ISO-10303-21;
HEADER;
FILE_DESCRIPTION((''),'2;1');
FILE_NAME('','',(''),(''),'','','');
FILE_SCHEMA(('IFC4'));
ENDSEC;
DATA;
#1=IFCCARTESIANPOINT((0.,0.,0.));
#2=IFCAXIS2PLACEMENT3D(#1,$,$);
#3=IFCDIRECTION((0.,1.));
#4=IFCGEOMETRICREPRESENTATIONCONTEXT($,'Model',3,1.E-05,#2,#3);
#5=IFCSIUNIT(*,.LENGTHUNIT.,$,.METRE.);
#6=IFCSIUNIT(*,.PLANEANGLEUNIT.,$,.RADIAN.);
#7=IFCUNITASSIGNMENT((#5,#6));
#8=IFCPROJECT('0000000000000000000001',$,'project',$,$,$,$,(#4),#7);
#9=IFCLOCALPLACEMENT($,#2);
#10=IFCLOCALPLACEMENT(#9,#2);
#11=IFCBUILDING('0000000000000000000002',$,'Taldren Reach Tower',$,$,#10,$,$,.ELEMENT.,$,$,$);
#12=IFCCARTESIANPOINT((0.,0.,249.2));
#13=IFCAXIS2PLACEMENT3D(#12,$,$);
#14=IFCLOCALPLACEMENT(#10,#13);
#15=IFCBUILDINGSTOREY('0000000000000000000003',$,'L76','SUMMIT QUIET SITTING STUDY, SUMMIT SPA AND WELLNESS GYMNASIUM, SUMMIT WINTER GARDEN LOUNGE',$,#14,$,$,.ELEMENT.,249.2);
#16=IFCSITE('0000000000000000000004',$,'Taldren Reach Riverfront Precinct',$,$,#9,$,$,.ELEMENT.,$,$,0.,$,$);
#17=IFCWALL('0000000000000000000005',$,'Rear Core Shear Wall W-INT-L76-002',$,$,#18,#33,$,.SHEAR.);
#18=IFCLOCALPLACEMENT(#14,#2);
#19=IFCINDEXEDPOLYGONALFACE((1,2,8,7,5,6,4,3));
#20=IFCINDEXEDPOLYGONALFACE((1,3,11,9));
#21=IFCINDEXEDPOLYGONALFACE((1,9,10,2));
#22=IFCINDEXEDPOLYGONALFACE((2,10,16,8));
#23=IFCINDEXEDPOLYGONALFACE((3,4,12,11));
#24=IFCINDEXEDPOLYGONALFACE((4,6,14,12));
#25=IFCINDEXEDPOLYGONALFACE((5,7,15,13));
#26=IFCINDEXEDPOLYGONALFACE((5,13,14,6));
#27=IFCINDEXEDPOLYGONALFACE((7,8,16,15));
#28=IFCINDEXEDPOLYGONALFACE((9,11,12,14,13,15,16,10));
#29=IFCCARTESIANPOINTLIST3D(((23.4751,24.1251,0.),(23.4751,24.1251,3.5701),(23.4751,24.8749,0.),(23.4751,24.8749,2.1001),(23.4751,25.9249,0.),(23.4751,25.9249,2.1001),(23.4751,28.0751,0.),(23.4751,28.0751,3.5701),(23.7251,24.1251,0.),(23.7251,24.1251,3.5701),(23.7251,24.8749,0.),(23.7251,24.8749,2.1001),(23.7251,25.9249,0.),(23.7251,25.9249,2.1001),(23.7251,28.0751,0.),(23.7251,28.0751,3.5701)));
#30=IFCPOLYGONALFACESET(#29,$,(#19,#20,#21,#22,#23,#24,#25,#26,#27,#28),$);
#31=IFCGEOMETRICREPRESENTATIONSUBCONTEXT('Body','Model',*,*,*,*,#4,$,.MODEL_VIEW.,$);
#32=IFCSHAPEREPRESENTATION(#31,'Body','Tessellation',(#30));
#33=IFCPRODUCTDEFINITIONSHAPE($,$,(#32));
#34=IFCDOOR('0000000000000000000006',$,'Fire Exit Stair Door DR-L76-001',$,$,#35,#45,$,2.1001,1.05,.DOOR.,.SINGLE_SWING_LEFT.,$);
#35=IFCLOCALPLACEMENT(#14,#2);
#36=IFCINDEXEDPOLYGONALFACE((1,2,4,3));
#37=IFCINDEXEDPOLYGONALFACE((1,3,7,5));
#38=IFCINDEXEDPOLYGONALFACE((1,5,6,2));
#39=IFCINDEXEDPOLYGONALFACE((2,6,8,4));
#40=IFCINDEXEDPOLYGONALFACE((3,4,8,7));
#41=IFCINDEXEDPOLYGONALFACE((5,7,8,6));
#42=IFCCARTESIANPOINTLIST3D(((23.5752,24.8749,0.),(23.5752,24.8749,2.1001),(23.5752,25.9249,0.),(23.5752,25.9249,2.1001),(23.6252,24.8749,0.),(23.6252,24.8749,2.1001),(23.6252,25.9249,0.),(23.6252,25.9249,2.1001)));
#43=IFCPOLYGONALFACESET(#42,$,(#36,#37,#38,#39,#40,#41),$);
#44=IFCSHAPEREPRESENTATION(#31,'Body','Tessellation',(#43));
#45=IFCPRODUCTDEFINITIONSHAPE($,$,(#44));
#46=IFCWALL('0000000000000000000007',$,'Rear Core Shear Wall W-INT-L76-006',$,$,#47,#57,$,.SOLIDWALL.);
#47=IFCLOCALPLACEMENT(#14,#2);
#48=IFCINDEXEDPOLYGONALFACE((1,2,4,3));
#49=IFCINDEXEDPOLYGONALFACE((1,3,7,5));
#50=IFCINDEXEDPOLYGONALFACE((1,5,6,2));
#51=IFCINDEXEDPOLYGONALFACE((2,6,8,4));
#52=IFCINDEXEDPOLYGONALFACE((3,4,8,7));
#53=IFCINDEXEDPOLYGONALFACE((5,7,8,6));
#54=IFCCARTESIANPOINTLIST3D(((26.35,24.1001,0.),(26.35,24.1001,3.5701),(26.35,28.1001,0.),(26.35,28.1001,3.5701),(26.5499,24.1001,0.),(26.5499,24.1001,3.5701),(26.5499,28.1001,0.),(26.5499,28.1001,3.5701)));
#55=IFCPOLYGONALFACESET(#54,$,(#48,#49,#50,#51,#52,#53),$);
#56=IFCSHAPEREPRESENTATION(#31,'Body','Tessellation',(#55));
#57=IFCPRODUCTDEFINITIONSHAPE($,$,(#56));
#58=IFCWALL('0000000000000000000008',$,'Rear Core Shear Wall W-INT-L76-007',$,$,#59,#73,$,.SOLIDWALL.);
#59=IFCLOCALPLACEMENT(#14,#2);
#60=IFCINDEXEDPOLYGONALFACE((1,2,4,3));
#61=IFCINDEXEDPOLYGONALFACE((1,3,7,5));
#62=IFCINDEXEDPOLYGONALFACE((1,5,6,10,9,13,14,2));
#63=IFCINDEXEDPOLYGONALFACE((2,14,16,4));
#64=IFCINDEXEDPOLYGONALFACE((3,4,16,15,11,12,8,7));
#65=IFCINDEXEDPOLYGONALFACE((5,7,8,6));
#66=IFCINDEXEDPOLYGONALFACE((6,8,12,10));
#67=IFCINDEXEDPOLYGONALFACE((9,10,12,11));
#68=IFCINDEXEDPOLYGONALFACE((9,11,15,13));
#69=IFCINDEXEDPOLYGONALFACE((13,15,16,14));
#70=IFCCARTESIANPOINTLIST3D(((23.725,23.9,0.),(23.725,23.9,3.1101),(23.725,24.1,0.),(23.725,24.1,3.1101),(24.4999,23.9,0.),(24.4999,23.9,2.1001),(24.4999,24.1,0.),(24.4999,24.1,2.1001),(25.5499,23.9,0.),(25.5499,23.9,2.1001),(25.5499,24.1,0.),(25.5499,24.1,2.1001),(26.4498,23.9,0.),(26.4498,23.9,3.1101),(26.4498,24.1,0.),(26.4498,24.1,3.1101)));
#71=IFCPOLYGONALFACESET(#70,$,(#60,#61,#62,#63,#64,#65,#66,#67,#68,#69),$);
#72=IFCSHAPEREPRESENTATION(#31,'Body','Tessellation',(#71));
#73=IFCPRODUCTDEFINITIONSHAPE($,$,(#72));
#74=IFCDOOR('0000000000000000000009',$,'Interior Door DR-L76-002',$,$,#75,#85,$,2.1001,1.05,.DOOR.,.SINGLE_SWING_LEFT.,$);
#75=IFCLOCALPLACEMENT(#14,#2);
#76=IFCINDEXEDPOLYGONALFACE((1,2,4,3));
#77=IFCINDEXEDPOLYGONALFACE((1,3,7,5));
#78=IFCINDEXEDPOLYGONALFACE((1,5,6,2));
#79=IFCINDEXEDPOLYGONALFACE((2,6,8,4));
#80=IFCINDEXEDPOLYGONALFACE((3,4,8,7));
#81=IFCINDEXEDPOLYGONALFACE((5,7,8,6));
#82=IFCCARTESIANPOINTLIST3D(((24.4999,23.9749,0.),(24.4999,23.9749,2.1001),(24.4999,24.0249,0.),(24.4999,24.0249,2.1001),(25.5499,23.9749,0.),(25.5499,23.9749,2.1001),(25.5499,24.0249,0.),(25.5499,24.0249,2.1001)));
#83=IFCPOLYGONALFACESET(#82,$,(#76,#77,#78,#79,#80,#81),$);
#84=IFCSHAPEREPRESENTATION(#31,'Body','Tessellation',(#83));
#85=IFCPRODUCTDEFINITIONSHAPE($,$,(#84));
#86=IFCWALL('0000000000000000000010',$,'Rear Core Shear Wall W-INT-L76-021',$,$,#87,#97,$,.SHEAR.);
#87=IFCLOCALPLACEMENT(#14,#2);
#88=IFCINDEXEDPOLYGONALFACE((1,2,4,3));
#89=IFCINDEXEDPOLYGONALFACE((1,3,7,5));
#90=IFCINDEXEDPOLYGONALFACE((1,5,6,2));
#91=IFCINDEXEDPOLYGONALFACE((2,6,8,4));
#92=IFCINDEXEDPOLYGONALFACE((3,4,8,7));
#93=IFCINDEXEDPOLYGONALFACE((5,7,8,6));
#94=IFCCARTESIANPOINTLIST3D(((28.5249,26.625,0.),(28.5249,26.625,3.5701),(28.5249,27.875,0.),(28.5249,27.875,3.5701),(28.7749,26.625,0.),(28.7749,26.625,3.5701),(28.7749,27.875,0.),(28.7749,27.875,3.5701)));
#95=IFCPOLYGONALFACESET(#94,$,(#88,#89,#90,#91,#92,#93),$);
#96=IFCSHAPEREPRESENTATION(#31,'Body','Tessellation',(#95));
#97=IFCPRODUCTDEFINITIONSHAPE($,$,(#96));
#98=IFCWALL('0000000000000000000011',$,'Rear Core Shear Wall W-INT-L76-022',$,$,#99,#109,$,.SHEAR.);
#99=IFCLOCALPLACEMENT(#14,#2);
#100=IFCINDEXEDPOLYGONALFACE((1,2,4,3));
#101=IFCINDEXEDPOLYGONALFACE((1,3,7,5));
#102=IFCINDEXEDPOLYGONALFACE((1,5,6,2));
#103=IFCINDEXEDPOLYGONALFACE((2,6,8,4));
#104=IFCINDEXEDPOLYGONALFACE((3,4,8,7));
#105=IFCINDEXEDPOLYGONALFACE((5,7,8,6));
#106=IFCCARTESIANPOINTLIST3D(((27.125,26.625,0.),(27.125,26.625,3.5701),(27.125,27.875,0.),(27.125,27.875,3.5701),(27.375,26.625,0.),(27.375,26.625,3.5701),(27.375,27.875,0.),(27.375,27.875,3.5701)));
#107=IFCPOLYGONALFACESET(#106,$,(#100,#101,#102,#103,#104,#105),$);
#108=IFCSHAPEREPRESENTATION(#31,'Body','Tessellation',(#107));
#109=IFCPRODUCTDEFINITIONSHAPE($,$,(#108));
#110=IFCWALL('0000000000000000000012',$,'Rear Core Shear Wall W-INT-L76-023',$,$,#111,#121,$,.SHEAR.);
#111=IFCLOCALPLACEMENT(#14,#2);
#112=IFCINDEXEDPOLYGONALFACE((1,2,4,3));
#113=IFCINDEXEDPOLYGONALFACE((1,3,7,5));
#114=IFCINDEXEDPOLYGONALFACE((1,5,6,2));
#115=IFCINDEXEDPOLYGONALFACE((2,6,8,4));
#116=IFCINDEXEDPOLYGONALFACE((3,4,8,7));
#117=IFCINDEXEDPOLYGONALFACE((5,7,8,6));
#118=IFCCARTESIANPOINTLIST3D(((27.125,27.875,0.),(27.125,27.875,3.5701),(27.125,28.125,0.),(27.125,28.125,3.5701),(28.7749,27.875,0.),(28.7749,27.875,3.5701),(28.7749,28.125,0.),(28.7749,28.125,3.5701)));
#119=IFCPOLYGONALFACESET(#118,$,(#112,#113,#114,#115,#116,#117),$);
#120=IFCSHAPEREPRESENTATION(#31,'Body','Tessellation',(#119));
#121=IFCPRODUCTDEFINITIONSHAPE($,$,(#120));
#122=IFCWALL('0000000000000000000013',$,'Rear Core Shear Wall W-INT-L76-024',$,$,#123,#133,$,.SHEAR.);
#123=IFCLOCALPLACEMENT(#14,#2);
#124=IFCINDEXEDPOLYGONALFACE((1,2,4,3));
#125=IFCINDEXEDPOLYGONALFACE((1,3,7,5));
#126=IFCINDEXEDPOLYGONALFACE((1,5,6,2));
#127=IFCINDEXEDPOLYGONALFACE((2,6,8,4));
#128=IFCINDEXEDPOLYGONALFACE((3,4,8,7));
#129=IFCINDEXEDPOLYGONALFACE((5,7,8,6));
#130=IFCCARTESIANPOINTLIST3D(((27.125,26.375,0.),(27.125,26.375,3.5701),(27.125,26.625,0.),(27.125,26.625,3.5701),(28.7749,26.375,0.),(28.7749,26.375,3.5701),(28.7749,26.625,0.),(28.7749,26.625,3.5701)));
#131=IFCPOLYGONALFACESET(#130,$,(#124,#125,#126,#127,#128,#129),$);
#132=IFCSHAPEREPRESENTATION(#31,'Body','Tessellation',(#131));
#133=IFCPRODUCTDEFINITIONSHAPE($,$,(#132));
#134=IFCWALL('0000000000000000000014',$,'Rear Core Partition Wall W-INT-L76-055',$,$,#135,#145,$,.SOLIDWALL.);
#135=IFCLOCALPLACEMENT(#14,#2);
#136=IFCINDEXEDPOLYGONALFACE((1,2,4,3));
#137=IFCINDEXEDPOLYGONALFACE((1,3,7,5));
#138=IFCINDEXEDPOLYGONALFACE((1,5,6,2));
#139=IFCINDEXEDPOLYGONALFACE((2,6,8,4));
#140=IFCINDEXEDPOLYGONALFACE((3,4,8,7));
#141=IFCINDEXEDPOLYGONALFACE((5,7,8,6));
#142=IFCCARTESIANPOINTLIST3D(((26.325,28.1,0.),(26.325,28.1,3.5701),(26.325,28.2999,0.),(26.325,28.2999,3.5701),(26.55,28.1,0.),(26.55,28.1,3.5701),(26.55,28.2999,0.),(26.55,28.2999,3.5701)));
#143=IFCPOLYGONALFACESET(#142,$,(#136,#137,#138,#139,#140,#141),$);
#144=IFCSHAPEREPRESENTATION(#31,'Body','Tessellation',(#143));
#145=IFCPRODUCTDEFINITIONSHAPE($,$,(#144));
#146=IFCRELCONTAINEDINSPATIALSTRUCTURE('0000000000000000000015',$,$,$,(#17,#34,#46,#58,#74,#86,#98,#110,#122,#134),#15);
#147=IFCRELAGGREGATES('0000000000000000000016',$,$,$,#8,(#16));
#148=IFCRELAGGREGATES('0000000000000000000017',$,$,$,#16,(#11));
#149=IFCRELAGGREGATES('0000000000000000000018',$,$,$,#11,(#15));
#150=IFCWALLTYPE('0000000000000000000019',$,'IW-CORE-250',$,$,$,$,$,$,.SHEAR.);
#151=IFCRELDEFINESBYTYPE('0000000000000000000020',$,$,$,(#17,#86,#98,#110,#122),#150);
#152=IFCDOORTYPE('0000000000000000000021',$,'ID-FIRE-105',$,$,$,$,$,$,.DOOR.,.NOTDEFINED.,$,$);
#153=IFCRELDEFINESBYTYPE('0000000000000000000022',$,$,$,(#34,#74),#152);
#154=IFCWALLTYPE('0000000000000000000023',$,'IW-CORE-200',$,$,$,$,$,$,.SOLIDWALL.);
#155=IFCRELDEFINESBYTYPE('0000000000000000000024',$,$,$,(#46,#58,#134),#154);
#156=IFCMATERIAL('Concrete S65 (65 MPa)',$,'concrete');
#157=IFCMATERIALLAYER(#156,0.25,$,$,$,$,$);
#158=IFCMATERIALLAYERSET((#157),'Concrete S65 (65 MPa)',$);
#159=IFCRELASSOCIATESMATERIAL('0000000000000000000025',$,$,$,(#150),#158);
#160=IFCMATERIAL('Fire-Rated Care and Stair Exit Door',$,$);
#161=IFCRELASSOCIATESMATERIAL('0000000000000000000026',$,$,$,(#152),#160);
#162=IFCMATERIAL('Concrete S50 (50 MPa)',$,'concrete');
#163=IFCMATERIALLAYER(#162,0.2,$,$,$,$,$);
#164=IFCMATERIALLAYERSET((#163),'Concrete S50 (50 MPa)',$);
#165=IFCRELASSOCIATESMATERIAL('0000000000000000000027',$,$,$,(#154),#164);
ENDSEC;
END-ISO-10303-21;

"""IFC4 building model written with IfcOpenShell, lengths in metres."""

from ifc_helpers import new_model, si_unit, direction, frame, frame_2d, origin, place, context, subcontext, project, spatial, rectangle, extrude, source, transform, mapped, material, layer, layer_set, type_object, element, fill, save


model = new_model("IFC4")

# Units and contexts
model_context = context("Model", 3, precision=1e-05, world=origin(), true_north=direction((0.0, 1.0)))
body_context = subcontext(model_context, "Body", "Model", "MODEL_VIEW")
ifc_project = project(units=[si_unit("LENGTHUNIT", "METRE"), si_unit("PLANEANGLEUNIT", "RADIAN")], contexts=[model_context])

# Site, building, storey
site_placement = place(None, origin())
site = spatial("IfcSite", under=ifc_project, at=site_placement, Name="Taldren Reach Riverfront Precinct", CompositionType="ELEMENT", RefElevation=0.0)
building_placement = place(site_placement, origin())
building = spatial("IfcBuilding", under=site, at=building_placement, Name="Taldren Reach Tower", CompositionType="ELEMENT")
storey_placement = place(building_placement, frame((0.0, 0.0, 249.2)))
storey = spatial("IfcBuildingStorey", under=building, at=storey_placement, Name="L76", Description="SUMMIT QUIET SITTING STUDY, SUMMIT SPA AND WELLNESS GYMNASIUM, SUMMIT WINTER GARDEN LOUNGE", CompositionType="ELEMENT", Elevation=249.2)

# Shared definitions
ifc_material_1 = material(Name="Concrete S65 (65 MPa)", Category="concrete")
ifc_layer_1 = layer(ifc_material_1, 0.25)
ifc_layer_set_1 = layer_set([ifc_layer_1], Name="Concrete S65 (65 MPa)")
wall_type_1 = type_object("IfcWallType", Name="IW-CORE-250", PredefinedType="SHEAR", material=ifc_layer_set_1)

# Wall, opening, door
shared_shape_1 = source(origin(), body_context, "Body", "SweptSolid", [
    extrude(rectangle(XDim=3.95, YDim=0.25, at=frame_2d((1.9751, 0.0))), origin(), (0.0, 0.0, 1.0), 3.5701),
])
wall_1_placement = place(storey_placement, frame((23.6001, 24.125, 0.0), z_axis=(0.0, 0.0, 1.0), x_axis=(0.0, 1.0, 0.0)))
wall_1 = element("IfcWall", 1, at=wall_1_placement, inside=storey, type_object=wall_type_1, Name="Rear Core Shear Wall W-INT-L76-002", PredefinedType="SHEAR", context=body_context, shape_type="MappedRepresentation", body=[
    mapped(shared_shape_1, transform((0.0, 0.0, 0.0), scale=1.0)),
])
shared_shape_2 = source(origin(), body_context, "Body", "SweptSolid", [
    extrude(rectangle(XDim=1.05, YDim=2.1001, at=frame_2d((0.5249, 1.05))), frame((0.0, 0.135, 0.0), z_axis=(0.0, -1.0, 0.0), x_axis=(1.0, 0.0, 0.0)), (0.0, 0.0, 1.0), 0.27),
])
opening_1_placement = place(wall_1_placement, frame((0.75, 0.0, 0.0)))
opening_1 = element("IfcOpeningElement", 2, at=opening_1_placement, cuts=wall_1, PredefinedType="OPENING", context=body_context, shape_type="MappedRepresentation", body=[
    mapped(shared_shape_2, transform((0.0, 0.0, 0.0), scale=1.0)),
])
ifc_material_2 = material(Name="Fire-Rated Care and Stair Exit Door")
door_type_1 = type_object("IfcDoorType", Name="ID-FIRE-105", OperationType="NOTDEFINED", PredefinedType="DOOR", material=ifc_material_2)
shared_shape_3 = source(origin(), body_context, "Body", "SweptSolid", [
    extrude(rectangle(XDim=1.05, YDim=2.1001, at=frame_2d((0.5249, 1.05))), frame((0.0, 0.0249, 0.0), z_axis=(0.0, -1.0, 0.0), x_axis=(1.0, 0.0, 0.0)), (0.0, 0.0, 1.0), 0.05),
])
door_1_placement = place(opening_1_placement, origin())
door_1 = element("IfcDoor", 3, at=door_1_placement, inside=storey, type_object=door_type_1, Name="Fire Exit Stair Door DR-L76-001", OperationType="SINGLE_SWING_LEFT", OverallHeight=2.1001, OverallWidth=1.05, PredefinedType="DOOR", context=body_context, shape_type="MappedRepresentation", body=[
    mapped(shared_shape_3, transform((0.0, 0.0, 0.0), scale=1.0)),
])
fill(opening_1, door_1)

# Wall
ifc_material_3 = material(Name="Concrete S50 (50 MPa)", Category="concrete")
ifc_layer_2 = layer(ifc_material_3, 0.2)
ifc_layer_set_2 = layer_set([ifc_layer_2], Name="Concrete S50 (50 MPa)")
wall_type_2 = type_object("IfcWallType", Name="IW-CORE-200", PredefinedType="SOLIDWALL", material=ifc_layer_set_2)
shared_shape_4 = source(origin(), body_context, "Body", "SweptSolid", [
    extrude(rectangle(XDim=4.0, YDim=0.2, at=frame_2d((2.0, 0.0))), origin(), (0.0, 0.0, 1.0), 3.5701),
])
wall_2_placement = place(storey_placement, frame((26.45, 24.1001, 0.0), z_axis=(0.0, 0.0, 1.0), x_axis=(0.0, 1.0, 0.0)))
element("IfcWall", 4, at=wall_2_placement, inside=storey, type_object=wall_type_2, Name="Rear Core Shear Wall W-INT-L76-006", PredefinedType="SOLIDWALL", context=body_context, shape_type="MappedRepresentation", body=[
    mapped(shared_shape_4, transform((0.0, 0.0, 0.0), scale=1.0)),
])

# Wall, opening, door
shared_shape_5 = source(origin(), body_context, "Body", "SweptSolid", [
    extrude(rectangle(XDim=2.7249, YDim=0.2, at=frame_2d((1.3623, 0.0))), origin(), (0.0, 0.0, 1.0), 3.1101),
])
wall_3_placement = place(storey_placement, frame((23.7251, 24.0, 0.0), z_axis=(0.0, 0.0, 1.0), x_axis=(1.0, 0.0, 0.0)))
wall_3 = element("IfcWall", 5, at=wall_3_placement, inside=storey, type_object=wall_type_2, Name="Rear Core Shear Wall W-INT-L76-007", PredefinedType="SOLIDWALL", context=body_context, shape_type="MappedRepresentation", body=[
    mapped(shared_shape_5, transform((0.0, 0.0, 0.0), scale=1.0)),
])
shared_shape_6 = source(origin(), body_context, "Body", "SweptSolid", [
    extrude(rectangle(XDim=1.05, YDim=2.1001, at=frame_2d((0.5249, 1.05))), frame((0.0, 0.1099, 0.0), z_axis=(0.0, -1.0, 0.0), x_axis=(1.0, 0.0, 0.0)), (0.0, 0.0, 1.0), 0.22),
])
opening_2_placement = place(wall_3_placement, frame((0.7749, 0.0, 0.0)))
opening_2 = element("IfcOpeningElement", 6, at=opening_2_placement, cuts=wall_3, PredefinedType="OPENING", context=body_context, shape_type="MappedRepresentation", body=[
    mapped(shared_shape_6, transform((0.0, 0.0, 0.0), scale=1.0)),
])
door_2_placement = place(opening_2_placement, origin())
door_2 = element("IfcDoor", 7, at=door_2_placement, inside=storey, type_object=door_type_1, Name="Interior Door DR-L76-002", OperationType="SINGLE_SWING_LEFT", OverallHeight=2.1001, OverallWidth=1.05, PredefinedType="DOOR", context=body_context, shape_type="MappedRepresentation", body=[
    mapped(shared_shape_3, transform((0.0, 0.0, 0.0), scale=1.0)),
])
fill(opening_2, door_2)

# Walls
shared_shape_7 = source(origin(), body_context, "Body", "SweptSolid", [
    extrude(rectangle(XDim=1.25, YDim=0.25, at=frame_2d((0.625, 0.0))), origin(), (0.0, 0.0, 1.0), 3.5701),
])
for number, where, z_axis, x_axis, name in (
    (8, (28.6499, 26.625, 0.0), (0.0, 0.0, 1.0), (0.0, 1.0, 0.0), "Rear Core Shear Wall W-INT-L76-021"),
    (9, (27.25, 27.875, 0.0), (0.0, 0.0, 1.0), (0.0, -1.0, 0.0), "Rear Core Shear Wall W-INT-L76-022"),
):
    element("IfcWall", number, at=place(storey_placement, frame(where, z_axis=z_axis, x_axis=x_axis)), inside=storey, type_object=wall_type_1, Name=name, PredefinedType="SHEAR", context=body_context, shape_type="MappedRepresentation", body=[
        mapped(shared_shape_7, transform((0.0, 0.0, 0.0), scale=1.0)),
    ])
shared_shape_8 = source(origin(), body_context, "Body", "SweptSolid", [
    extrude(rectangle(XDim=1.6499, YDim=0.25, at=frame_2d((0.825, 0.0))), origin(), (0.0, 0.0, 1.0), 3.5701),
])
for number, where, z_axis, x_axis, name in (
    (10, (28.7749, 28.0, 0.0), (0.0, 0.0, 1.0), (-1.0, 0.0, 0.0), "Rear Core Shear Wall W-INT-L76-023"),
    (11, (27.125, 26.5, 0.0), (0.0, 0.0, 1.0), (1.0, 0.0, 0.0), "Rear Core Shear Wall W-INT-L76-024"),
):
    element("IfcWall", number, at=place(storey_placement, frame(where, z_axis=z_axis, x_axis=x_axis)), inside=storey, type_object=wall_type_1, Name=name, PredefinedType="SHEAR", context=body_context, shape_type="MappedRepresentation", body=[
        mapped(shared_shape_8, transform((0.0, 0.0, 0.0), scale=1.0)),
    ])
shared_shape_9 = source(origin(), body_context, "Body", "SweptSolid", [
    extrude(rectangle(XDim=0.2251, YDim=0.2, at=frame_2d((0.1125, 0.0))), origin(), (0.0, 0.0, 1.0), 3.5701),
])
wall_4_placement = place(storey_placement, frame((26.325, 28.2, 0.0), z_axis=(0.0, 0.0, 1.0), x_axis=(1.0, 0.0, 0.0)))
element("IfcWall", 12, at=wall_4_placement, inside=storey, type_object=wall_type_2, Name="Rear Core Partition Wall W-INT-L76-055", PredefinedType="SOLIDWALL", context=body_context, shape_type="MappedRepresentation", body=[
    mapped(shared_shape_9, transform((0.0, 0.0, 0.0), scale=1.0)),
])

save(model, "model.ifc")
